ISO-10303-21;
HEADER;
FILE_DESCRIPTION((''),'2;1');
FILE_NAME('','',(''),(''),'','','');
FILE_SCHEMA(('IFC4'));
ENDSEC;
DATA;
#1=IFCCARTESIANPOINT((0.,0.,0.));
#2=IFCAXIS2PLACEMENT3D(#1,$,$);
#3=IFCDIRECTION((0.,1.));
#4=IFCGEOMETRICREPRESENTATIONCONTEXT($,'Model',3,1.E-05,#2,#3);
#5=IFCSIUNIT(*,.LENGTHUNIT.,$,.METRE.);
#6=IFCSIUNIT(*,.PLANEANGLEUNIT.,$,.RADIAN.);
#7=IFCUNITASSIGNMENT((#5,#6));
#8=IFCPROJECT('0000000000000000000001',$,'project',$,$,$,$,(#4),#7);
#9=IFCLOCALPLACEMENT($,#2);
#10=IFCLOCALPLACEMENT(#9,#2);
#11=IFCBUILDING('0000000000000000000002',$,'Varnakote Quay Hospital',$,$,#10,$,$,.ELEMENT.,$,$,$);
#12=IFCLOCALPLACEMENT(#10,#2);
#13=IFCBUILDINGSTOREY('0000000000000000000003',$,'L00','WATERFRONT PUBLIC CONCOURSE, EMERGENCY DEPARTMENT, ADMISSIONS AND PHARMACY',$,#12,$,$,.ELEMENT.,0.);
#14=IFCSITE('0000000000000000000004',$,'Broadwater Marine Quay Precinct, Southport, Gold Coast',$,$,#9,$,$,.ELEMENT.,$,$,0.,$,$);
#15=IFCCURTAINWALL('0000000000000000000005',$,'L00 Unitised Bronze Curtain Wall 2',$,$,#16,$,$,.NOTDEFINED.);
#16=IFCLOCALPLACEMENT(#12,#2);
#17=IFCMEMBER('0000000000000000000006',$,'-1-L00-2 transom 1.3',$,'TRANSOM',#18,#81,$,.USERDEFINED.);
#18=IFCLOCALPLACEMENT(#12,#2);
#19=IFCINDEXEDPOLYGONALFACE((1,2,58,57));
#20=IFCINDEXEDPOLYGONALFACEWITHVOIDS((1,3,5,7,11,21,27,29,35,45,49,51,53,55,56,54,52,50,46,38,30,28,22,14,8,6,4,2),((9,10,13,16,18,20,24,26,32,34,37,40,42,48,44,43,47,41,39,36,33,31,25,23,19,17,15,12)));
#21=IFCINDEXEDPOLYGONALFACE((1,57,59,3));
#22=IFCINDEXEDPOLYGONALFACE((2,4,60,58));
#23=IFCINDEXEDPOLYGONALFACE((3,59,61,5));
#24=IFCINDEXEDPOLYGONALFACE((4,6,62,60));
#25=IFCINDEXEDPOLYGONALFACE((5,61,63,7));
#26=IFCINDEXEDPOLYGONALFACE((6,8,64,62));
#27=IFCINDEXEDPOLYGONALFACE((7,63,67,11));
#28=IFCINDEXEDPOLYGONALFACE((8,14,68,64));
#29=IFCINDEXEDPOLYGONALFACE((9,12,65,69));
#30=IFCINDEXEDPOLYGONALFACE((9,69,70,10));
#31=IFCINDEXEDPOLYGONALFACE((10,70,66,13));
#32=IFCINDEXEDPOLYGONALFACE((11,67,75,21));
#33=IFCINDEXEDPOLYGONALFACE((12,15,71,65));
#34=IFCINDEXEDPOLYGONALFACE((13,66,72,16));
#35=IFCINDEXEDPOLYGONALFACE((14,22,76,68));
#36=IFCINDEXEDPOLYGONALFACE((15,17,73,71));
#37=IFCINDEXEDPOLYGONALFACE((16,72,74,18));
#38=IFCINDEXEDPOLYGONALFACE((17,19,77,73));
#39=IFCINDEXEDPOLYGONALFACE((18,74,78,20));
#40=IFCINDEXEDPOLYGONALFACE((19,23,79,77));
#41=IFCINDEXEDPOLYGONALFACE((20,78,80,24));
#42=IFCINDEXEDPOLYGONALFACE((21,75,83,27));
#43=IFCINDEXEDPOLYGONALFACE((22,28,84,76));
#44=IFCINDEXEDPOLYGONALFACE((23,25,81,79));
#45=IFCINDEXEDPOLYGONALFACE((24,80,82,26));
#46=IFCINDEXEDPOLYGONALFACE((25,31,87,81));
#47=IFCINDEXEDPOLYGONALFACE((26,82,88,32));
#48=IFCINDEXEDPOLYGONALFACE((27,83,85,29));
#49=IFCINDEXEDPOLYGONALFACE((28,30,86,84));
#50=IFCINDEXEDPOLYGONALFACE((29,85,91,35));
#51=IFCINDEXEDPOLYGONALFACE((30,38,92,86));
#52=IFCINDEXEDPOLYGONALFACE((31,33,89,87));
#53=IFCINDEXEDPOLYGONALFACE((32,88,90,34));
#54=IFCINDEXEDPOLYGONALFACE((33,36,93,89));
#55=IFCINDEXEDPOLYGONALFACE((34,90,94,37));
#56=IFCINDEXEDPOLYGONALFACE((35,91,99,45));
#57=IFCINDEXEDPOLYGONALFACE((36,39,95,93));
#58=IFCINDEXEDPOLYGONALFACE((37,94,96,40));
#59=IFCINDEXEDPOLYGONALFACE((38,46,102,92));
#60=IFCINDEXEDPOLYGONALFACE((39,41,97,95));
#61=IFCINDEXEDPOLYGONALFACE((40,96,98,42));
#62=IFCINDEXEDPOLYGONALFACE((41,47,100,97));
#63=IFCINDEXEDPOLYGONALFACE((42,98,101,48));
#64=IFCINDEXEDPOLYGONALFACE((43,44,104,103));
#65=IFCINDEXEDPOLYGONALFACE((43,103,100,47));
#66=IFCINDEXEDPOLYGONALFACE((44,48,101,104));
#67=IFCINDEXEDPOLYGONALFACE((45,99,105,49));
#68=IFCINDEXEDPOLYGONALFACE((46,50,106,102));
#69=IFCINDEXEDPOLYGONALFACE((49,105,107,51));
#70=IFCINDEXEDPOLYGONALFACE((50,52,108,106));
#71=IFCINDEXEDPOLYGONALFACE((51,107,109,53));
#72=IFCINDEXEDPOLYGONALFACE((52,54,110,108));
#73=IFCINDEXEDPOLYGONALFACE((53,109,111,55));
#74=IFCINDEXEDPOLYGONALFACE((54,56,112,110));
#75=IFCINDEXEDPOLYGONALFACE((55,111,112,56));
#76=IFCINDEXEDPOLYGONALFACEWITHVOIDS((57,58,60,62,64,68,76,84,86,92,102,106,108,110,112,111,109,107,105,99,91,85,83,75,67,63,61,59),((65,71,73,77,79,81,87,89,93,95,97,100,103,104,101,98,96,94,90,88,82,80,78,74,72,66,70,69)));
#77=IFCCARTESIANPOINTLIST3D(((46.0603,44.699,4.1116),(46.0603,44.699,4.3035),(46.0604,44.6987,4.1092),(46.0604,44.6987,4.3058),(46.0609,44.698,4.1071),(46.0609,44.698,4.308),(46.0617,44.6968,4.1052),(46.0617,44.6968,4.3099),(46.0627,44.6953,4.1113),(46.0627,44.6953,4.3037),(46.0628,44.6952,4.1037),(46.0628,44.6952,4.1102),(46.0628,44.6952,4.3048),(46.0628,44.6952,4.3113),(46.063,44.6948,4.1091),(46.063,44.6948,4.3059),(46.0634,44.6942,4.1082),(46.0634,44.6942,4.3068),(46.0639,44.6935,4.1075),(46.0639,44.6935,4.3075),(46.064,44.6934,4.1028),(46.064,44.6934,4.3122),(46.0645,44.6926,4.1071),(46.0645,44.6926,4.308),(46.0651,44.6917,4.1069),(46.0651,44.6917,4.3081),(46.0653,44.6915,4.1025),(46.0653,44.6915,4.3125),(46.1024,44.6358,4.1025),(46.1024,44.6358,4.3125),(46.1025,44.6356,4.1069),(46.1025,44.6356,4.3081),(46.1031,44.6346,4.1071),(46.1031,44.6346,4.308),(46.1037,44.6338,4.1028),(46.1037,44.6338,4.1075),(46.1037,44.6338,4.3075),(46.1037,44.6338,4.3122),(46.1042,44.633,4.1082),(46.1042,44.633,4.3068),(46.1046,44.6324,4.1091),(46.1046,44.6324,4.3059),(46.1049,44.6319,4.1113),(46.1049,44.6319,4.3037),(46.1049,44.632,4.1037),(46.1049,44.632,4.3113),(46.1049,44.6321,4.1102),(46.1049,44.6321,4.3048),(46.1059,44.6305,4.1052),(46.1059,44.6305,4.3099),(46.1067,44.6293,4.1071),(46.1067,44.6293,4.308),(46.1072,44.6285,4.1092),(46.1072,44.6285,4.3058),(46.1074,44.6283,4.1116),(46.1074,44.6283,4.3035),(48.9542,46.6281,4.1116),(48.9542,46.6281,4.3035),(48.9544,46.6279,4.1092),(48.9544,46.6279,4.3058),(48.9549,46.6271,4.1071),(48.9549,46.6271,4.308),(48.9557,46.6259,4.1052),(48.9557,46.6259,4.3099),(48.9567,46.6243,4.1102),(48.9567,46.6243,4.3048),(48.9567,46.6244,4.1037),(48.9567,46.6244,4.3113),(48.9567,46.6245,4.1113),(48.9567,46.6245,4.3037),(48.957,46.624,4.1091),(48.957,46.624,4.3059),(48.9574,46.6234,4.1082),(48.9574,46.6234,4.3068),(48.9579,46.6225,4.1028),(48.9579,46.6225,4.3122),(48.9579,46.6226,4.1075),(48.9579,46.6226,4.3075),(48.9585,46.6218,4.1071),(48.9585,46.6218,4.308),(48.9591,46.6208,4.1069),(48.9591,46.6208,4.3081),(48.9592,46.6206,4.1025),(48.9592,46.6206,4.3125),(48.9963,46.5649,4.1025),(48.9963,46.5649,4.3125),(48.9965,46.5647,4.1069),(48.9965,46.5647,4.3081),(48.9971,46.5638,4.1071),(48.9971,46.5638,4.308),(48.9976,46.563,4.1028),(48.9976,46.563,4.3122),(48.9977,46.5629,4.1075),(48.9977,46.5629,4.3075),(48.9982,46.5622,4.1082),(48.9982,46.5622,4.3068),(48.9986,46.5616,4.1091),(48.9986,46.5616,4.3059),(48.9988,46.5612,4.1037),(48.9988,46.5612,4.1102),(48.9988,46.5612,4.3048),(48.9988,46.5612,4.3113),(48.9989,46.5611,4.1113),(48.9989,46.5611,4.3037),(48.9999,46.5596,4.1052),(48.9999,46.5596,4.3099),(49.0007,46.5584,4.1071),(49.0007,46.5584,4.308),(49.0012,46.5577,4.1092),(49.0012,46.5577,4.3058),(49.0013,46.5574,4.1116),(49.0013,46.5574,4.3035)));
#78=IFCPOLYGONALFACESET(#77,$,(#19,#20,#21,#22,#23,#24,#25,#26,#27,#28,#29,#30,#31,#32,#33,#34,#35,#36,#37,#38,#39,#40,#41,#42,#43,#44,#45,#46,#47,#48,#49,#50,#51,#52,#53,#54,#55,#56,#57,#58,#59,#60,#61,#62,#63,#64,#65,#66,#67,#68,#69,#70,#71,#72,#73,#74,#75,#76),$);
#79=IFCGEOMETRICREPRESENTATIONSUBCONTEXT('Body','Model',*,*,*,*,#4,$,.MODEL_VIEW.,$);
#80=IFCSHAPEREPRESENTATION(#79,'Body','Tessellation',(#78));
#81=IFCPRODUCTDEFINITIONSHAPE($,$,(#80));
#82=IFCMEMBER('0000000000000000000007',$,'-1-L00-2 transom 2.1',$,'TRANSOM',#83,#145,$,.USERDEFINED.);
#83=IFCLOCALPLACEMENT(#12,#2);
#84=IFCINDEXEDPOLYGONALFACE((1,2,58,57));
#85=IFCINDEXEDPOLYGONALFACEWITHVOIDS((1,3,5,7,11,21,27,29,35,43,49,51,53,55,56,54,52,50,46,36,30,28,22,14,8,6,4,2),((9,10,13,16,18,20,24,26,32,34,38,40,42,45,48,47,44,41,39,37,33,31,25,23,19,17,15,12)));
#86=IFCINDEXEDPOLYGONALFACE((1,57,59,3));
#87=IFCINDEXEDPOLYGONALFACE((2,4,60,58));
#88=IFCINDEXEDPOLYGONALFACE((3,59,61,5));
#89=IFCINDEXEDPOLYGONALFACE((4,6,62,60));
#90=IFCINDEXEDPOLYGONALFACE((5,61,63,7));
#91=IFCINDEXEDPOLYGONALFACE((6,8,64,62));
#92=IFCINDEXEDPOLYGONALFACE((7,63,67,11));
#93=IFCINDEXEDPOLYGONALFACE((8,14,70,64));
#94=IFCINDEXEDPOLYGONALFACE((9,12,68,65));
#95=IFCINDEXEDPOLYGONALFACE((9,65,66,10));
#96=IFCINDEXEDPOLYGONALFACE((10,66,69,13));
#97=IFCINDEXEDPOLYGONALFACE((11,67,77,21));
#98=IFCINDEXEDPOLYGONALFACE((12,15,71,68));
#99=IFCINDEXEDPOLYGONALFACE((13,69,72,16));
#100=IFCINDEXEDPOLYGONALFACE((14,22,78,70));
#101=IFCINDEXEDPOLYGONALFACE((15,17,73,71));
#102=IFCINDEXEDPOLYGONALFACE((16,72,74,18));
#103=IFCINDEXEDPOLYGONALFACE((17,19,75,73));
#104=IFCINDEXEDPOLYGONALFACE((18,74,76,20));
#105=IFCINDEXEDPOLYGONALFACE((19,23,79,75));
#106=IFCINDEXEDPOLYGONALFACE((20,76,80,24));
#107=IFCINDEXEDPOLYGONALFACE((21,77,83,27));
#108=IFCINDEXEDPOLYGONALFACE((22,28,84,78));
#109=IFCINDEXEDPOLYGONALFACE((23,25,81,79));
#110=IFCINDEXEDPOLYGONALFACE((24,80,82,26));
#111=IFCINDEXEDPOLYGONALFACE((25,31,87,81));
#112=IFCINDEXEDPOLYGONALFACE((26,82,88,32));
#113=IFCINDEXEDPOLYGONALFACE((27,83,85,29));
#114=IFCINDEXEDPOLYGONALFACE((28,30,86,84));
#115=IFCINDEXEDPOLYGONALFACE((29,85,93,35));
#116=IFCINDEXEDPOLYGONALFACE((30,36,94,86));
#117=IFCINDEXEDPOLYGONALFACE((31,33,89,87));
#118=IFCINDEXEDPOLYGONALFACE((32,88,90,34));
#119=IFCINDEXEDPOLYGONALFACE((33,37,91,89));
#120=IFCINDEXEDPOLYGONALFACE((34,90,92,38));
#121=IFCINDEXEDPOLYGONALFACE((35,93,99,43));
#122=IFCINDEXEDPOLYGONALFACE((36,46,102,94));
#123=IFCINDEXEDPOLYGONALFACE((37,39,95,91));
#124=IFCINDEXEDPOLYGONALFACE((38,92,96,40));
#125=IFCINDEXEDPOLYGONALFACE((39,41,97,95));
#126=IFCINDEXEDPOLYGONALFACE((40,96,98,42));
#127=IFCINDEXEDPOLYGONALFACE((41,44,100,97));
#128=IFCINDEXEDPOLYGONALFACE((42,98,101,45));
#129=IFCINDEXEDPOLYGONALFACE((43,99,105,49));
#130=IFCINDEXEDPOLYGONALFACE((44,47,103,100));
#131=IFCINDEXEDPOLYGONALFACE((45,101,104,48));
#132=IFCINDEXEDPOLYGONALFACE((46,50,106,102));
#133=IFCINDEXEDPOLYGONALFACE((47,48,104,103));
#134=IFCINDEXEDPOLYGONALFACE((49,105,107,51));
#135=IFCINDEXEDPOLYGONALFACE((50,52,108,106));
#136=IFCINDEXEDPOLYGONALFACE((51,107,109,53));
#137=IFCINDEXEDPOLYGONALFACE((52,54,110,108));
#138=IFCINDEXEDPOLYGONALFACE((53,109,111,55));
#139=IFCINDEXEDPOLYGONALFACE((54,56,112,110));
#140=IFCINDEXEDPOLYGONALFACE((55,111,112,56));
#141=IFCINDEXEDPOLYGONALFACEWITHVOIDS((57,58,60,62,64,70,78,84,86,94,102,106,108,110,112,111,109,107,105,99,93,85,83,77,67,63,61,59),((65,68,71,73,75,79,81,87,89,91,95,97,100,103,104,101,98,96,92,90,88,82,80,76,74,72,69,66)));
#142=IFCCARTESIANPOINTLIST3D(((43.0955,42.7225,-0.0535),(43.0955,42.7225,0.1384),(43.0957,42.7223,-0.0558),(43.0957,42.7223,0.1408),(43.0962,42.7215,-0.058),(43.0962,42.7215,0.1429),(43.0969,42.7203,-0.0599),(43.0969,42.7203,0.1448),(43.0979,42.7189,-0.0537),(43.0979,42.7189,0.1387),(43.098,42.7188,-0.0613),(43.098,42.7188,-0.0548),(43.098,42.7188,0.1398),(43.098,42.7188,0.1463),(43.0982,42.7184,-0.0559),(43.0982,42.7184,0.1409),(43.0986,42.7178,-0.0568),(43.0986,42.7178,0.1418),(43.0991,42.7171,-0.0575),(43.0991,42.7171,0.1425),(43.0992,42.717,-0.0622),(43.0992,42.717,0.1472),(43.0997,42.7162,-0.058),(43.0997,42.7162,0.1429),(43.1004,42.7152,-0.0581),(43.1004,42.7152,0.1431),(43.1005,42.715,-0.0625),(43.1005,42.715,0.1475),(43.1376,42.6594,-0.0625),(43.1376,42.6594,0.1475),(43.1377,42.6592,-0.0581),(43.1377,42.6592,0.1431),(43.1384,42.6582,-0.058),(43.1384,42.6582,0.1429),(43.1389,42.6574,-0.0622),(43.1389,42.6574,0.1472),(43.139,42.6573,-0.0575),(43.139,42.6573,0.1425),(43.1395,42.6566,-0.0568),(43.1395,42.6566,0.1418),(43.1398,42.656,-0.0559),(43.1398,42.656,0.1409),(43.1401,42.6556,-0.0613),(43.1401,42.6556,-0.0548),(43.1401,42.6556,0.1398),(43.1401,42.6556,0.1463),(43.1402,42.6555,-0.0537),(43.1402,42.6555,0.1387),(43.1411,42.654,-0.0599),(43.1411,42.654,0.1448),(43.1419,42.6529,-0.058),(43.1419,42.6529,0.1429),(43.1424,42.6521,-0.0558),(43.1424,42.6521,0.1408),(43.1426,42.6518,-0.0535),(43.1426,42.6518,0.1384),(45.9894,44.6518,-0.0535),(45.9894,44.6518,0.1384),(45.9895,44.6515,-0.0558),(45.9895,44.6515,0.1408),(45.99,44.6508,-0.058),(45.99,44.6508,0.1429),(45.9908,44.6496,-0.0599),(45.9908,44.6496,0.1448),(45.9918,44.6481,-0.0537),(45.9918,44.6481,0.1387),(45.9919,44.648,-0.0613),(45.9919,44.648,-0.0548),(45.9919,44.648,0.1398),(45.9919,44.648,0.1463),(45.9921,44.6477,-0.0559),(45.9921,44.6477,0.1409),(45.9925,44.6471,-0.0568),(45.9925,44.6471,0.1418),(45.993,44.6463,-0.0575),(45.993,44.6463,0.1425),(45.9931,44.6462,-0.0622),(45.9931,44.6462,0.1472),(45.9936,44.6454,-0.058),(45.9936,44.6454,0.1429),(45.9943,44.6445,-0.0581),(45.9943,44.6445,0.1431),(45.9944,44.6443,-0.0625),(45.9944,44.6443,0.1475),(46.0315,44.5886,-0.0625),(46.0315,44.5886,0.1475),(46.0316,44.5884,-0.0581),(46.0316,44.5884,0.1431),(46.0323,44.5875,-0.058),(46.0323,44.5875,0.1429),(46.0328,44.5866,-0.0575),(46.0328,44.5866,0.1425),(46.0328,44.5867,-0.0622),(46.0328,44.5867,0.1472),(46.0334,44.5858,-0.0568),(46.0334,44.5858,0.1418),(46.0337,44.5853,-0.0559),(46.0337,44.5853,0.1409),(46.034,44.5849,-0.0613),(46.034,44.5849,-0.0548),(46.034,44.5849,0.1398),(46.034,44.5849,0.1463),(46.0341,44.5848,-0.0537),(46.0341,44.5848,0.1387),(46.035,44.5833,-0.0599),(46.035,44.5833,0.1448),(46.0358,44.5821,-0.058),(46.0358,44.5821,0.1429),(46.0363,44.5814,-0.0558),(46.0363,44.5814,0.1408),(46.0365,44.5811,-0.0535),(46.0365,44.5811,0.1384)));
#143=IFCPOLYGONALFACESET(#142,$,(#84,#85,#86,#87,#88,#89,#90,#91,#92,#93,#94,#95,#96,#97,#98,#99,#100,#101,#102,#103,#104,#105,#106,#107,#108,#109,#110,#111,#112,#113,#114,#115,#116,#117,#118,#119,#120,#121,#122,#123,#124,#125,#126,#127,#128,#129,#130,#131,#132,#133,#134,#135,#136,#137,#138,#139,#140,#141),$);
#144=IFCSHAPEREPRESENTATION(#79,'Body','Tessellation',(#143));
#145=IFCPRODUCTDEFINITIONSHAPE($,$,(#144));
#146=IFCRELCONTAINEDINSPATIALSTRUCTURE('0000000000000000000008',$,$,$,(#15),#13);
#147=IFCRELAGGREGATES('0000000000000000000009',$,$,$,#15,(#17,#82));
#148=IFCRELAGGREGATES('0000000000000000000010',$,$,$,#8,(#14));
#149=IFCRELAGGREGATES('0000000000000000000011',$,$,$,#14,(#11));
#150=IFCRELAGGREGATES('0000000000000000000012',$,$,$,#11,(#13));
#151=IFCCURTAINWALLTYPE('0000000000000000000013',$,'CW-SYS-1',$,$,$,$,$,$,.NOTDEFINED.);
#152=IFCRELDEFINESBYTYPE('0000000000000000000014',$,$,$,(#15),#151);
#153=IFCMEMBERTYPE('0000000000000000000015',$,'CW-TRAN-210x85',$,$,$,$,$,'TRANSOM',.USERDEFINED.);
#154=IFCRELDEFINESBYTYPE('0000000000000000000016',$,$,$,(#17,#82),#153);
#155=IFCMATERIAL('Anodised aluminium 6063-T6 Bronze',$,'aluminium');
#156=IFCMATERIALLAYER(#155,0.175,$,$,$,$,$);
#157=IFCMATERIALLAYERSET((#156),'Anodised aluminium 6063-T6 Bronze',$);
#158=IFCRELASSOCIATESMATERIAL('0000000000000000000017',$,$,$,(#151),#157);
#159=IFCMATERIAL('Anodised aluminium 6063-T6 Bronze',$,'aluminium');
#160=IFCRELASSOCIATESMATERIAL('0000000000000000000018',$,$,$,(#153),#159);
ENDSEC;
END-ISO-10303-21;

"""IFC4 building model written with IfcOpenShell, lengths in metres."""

from ifc_helpers import new_model, si_unit, direction, frame, origin, origin_2d, place, context, subcontext, project, spatial, hollow_rectangle, extrude, material, layer, layer_set, material_profile, profile_set, type_object, element, aggregate, save


model = new_model("IFC4")

# Units and contexts
model_context = context("Model", 3, precision=1e-05, world=origin(), true_north=direction((0.0, 1.0)))
body_context = subcontext(model_context, "Body", "Model", "MODEL_VIEW")
ifc_project = project(units=[si_unit("LENGTHUNIT", "METRE"), si_unit("PLANEANGLEUNIT", "RADIAN")], contexts=[model_context])

# Site, building, storey
site_placement = place(None, origin())
site = spatial("IfcSite", under=ifc_project, at=site_placement, Name="Broadwater Marine Quay Precinct, Southport, Gold Coast", CompositionType="ELEMENT", RefElevation=0.0)
building_placement = place(site_placement, origin())
building = spatial("IfcBuilding", under=site, at=building_placement, Name="Varnakote Quay Hospital", CompositionType="ELEMENT")
storey_placement = place(building_placement, origin())
storey = spatial("IfcBuildingStorey", under=building, at=storey_placement, Name="L00", Description="WATERFRONT PUBLIC CONCOURSE, EMERGENCY DEPARTMENT, ADMISSIONS AND PHARMACY", CompositionType="ELEMENT", Elevation=0.0)

# Curtain wall, members
ifc_material_1 = material(Name="Anodised aluminium 6063-T6 Bronze", Category="aluminium")
ifc_layer_1 = layer(ifc_material_1, 0.175)
ifc_layer_set_1 = layer_set([ifc_layer_1], Name="Anodised aluminium 6063-T6 Bronze")
curtain_wall_type = type_object("IfcCurtainWallType", Name="CW-SYS-1", PredefinedType="NOTDEFINED", material=ifc_layer_set_1)
curtain_wall_placement = place(storey_placement, origin())
curtain_wall = element("IfcCurtainWall", 1, at=curtain_wall_placement, inside=storey, type_object=curtain_wall_type, Name="L00 Unitised Bronze Curtain Wall 2", PredefinedType="NOTDEFINED")
ifc_material_2 = material(Name="Anodised aluminium 6063-T6 Bronze", Category="aluminium")
ifc_material_profile_1 = material_profile(ifc_material_2, hollow_rectangle(XDim=0.085, YDim=0.21, WallThickness=0.0044, InnerFilletRadius=0.0044, OuterFilletRadius=0.009, at=origin_2d()), Name="CW-TRAN-210x85")
ifc_profile_set_1 = profile_set([ifc_material_profile_1], Name="Anodised aluminium 6063-T6 Bronze")
member_type_1 = type_object("IfcMemberType", Name="CW-TRAN-210x85", ElementType="TRANSOM", PredefinedType="USERDEFINED", material=ifc_profile_set_1)
member_1_placement = place(storey_placement, frame((48.9778, 46.5928, 4.2075), z_axis=(-0.832072, -0.554668, 0.0), x_axis=(0.554668, -0.832072, 0.0)))
member_1 = element("IfcMember", 2, at=member_1_placement, type_object=member_type_1, Name="-1-L00-2 transom 1.3", ObjectType="TRANSOM", PredefinedType="USERDEFINED", context=body_context, shape_type="SweptSolid", body=[
    extrude(hollow_rectangle(XDim=0.085, YDim=0.21, WallThickness=0.0044, InnerFilletRadius=0.0044, OuterFilletRadius=0.009, at=origin_2d()), origin(), (0.0, 0.0, 1.0), 3.478),
])
member_2_placement = place(storey_placement, frame((46.0129, 44.6165, 0.0425), z_axis=(-0.83205, -0.5547, 0.0), x_axis=(0.5547, -0.83205, 0.0)))
member_2 = element("IfcMember", 3, at=member_2_placement, type_object=member_type_1, Name="-1-L00-2 transom 2.1", ObjectType="TRANSOM", PredefinedType="USERDEFINED", context=body_context, shape_type="SweptSolid", body=[
    extrude(hollow_rectangle(XDim=0.085, YDim=0.21, WallThickness=0.0044, InnerFilletRadius=0.0044, OuterFilletRadius=0.009, at=origin_2d()), origin(), (0.0, 0.0, 1.0), 3.478),
])

aggregate(curtain_wall, [member_1, member_2])

save(model, "model.ifc")
